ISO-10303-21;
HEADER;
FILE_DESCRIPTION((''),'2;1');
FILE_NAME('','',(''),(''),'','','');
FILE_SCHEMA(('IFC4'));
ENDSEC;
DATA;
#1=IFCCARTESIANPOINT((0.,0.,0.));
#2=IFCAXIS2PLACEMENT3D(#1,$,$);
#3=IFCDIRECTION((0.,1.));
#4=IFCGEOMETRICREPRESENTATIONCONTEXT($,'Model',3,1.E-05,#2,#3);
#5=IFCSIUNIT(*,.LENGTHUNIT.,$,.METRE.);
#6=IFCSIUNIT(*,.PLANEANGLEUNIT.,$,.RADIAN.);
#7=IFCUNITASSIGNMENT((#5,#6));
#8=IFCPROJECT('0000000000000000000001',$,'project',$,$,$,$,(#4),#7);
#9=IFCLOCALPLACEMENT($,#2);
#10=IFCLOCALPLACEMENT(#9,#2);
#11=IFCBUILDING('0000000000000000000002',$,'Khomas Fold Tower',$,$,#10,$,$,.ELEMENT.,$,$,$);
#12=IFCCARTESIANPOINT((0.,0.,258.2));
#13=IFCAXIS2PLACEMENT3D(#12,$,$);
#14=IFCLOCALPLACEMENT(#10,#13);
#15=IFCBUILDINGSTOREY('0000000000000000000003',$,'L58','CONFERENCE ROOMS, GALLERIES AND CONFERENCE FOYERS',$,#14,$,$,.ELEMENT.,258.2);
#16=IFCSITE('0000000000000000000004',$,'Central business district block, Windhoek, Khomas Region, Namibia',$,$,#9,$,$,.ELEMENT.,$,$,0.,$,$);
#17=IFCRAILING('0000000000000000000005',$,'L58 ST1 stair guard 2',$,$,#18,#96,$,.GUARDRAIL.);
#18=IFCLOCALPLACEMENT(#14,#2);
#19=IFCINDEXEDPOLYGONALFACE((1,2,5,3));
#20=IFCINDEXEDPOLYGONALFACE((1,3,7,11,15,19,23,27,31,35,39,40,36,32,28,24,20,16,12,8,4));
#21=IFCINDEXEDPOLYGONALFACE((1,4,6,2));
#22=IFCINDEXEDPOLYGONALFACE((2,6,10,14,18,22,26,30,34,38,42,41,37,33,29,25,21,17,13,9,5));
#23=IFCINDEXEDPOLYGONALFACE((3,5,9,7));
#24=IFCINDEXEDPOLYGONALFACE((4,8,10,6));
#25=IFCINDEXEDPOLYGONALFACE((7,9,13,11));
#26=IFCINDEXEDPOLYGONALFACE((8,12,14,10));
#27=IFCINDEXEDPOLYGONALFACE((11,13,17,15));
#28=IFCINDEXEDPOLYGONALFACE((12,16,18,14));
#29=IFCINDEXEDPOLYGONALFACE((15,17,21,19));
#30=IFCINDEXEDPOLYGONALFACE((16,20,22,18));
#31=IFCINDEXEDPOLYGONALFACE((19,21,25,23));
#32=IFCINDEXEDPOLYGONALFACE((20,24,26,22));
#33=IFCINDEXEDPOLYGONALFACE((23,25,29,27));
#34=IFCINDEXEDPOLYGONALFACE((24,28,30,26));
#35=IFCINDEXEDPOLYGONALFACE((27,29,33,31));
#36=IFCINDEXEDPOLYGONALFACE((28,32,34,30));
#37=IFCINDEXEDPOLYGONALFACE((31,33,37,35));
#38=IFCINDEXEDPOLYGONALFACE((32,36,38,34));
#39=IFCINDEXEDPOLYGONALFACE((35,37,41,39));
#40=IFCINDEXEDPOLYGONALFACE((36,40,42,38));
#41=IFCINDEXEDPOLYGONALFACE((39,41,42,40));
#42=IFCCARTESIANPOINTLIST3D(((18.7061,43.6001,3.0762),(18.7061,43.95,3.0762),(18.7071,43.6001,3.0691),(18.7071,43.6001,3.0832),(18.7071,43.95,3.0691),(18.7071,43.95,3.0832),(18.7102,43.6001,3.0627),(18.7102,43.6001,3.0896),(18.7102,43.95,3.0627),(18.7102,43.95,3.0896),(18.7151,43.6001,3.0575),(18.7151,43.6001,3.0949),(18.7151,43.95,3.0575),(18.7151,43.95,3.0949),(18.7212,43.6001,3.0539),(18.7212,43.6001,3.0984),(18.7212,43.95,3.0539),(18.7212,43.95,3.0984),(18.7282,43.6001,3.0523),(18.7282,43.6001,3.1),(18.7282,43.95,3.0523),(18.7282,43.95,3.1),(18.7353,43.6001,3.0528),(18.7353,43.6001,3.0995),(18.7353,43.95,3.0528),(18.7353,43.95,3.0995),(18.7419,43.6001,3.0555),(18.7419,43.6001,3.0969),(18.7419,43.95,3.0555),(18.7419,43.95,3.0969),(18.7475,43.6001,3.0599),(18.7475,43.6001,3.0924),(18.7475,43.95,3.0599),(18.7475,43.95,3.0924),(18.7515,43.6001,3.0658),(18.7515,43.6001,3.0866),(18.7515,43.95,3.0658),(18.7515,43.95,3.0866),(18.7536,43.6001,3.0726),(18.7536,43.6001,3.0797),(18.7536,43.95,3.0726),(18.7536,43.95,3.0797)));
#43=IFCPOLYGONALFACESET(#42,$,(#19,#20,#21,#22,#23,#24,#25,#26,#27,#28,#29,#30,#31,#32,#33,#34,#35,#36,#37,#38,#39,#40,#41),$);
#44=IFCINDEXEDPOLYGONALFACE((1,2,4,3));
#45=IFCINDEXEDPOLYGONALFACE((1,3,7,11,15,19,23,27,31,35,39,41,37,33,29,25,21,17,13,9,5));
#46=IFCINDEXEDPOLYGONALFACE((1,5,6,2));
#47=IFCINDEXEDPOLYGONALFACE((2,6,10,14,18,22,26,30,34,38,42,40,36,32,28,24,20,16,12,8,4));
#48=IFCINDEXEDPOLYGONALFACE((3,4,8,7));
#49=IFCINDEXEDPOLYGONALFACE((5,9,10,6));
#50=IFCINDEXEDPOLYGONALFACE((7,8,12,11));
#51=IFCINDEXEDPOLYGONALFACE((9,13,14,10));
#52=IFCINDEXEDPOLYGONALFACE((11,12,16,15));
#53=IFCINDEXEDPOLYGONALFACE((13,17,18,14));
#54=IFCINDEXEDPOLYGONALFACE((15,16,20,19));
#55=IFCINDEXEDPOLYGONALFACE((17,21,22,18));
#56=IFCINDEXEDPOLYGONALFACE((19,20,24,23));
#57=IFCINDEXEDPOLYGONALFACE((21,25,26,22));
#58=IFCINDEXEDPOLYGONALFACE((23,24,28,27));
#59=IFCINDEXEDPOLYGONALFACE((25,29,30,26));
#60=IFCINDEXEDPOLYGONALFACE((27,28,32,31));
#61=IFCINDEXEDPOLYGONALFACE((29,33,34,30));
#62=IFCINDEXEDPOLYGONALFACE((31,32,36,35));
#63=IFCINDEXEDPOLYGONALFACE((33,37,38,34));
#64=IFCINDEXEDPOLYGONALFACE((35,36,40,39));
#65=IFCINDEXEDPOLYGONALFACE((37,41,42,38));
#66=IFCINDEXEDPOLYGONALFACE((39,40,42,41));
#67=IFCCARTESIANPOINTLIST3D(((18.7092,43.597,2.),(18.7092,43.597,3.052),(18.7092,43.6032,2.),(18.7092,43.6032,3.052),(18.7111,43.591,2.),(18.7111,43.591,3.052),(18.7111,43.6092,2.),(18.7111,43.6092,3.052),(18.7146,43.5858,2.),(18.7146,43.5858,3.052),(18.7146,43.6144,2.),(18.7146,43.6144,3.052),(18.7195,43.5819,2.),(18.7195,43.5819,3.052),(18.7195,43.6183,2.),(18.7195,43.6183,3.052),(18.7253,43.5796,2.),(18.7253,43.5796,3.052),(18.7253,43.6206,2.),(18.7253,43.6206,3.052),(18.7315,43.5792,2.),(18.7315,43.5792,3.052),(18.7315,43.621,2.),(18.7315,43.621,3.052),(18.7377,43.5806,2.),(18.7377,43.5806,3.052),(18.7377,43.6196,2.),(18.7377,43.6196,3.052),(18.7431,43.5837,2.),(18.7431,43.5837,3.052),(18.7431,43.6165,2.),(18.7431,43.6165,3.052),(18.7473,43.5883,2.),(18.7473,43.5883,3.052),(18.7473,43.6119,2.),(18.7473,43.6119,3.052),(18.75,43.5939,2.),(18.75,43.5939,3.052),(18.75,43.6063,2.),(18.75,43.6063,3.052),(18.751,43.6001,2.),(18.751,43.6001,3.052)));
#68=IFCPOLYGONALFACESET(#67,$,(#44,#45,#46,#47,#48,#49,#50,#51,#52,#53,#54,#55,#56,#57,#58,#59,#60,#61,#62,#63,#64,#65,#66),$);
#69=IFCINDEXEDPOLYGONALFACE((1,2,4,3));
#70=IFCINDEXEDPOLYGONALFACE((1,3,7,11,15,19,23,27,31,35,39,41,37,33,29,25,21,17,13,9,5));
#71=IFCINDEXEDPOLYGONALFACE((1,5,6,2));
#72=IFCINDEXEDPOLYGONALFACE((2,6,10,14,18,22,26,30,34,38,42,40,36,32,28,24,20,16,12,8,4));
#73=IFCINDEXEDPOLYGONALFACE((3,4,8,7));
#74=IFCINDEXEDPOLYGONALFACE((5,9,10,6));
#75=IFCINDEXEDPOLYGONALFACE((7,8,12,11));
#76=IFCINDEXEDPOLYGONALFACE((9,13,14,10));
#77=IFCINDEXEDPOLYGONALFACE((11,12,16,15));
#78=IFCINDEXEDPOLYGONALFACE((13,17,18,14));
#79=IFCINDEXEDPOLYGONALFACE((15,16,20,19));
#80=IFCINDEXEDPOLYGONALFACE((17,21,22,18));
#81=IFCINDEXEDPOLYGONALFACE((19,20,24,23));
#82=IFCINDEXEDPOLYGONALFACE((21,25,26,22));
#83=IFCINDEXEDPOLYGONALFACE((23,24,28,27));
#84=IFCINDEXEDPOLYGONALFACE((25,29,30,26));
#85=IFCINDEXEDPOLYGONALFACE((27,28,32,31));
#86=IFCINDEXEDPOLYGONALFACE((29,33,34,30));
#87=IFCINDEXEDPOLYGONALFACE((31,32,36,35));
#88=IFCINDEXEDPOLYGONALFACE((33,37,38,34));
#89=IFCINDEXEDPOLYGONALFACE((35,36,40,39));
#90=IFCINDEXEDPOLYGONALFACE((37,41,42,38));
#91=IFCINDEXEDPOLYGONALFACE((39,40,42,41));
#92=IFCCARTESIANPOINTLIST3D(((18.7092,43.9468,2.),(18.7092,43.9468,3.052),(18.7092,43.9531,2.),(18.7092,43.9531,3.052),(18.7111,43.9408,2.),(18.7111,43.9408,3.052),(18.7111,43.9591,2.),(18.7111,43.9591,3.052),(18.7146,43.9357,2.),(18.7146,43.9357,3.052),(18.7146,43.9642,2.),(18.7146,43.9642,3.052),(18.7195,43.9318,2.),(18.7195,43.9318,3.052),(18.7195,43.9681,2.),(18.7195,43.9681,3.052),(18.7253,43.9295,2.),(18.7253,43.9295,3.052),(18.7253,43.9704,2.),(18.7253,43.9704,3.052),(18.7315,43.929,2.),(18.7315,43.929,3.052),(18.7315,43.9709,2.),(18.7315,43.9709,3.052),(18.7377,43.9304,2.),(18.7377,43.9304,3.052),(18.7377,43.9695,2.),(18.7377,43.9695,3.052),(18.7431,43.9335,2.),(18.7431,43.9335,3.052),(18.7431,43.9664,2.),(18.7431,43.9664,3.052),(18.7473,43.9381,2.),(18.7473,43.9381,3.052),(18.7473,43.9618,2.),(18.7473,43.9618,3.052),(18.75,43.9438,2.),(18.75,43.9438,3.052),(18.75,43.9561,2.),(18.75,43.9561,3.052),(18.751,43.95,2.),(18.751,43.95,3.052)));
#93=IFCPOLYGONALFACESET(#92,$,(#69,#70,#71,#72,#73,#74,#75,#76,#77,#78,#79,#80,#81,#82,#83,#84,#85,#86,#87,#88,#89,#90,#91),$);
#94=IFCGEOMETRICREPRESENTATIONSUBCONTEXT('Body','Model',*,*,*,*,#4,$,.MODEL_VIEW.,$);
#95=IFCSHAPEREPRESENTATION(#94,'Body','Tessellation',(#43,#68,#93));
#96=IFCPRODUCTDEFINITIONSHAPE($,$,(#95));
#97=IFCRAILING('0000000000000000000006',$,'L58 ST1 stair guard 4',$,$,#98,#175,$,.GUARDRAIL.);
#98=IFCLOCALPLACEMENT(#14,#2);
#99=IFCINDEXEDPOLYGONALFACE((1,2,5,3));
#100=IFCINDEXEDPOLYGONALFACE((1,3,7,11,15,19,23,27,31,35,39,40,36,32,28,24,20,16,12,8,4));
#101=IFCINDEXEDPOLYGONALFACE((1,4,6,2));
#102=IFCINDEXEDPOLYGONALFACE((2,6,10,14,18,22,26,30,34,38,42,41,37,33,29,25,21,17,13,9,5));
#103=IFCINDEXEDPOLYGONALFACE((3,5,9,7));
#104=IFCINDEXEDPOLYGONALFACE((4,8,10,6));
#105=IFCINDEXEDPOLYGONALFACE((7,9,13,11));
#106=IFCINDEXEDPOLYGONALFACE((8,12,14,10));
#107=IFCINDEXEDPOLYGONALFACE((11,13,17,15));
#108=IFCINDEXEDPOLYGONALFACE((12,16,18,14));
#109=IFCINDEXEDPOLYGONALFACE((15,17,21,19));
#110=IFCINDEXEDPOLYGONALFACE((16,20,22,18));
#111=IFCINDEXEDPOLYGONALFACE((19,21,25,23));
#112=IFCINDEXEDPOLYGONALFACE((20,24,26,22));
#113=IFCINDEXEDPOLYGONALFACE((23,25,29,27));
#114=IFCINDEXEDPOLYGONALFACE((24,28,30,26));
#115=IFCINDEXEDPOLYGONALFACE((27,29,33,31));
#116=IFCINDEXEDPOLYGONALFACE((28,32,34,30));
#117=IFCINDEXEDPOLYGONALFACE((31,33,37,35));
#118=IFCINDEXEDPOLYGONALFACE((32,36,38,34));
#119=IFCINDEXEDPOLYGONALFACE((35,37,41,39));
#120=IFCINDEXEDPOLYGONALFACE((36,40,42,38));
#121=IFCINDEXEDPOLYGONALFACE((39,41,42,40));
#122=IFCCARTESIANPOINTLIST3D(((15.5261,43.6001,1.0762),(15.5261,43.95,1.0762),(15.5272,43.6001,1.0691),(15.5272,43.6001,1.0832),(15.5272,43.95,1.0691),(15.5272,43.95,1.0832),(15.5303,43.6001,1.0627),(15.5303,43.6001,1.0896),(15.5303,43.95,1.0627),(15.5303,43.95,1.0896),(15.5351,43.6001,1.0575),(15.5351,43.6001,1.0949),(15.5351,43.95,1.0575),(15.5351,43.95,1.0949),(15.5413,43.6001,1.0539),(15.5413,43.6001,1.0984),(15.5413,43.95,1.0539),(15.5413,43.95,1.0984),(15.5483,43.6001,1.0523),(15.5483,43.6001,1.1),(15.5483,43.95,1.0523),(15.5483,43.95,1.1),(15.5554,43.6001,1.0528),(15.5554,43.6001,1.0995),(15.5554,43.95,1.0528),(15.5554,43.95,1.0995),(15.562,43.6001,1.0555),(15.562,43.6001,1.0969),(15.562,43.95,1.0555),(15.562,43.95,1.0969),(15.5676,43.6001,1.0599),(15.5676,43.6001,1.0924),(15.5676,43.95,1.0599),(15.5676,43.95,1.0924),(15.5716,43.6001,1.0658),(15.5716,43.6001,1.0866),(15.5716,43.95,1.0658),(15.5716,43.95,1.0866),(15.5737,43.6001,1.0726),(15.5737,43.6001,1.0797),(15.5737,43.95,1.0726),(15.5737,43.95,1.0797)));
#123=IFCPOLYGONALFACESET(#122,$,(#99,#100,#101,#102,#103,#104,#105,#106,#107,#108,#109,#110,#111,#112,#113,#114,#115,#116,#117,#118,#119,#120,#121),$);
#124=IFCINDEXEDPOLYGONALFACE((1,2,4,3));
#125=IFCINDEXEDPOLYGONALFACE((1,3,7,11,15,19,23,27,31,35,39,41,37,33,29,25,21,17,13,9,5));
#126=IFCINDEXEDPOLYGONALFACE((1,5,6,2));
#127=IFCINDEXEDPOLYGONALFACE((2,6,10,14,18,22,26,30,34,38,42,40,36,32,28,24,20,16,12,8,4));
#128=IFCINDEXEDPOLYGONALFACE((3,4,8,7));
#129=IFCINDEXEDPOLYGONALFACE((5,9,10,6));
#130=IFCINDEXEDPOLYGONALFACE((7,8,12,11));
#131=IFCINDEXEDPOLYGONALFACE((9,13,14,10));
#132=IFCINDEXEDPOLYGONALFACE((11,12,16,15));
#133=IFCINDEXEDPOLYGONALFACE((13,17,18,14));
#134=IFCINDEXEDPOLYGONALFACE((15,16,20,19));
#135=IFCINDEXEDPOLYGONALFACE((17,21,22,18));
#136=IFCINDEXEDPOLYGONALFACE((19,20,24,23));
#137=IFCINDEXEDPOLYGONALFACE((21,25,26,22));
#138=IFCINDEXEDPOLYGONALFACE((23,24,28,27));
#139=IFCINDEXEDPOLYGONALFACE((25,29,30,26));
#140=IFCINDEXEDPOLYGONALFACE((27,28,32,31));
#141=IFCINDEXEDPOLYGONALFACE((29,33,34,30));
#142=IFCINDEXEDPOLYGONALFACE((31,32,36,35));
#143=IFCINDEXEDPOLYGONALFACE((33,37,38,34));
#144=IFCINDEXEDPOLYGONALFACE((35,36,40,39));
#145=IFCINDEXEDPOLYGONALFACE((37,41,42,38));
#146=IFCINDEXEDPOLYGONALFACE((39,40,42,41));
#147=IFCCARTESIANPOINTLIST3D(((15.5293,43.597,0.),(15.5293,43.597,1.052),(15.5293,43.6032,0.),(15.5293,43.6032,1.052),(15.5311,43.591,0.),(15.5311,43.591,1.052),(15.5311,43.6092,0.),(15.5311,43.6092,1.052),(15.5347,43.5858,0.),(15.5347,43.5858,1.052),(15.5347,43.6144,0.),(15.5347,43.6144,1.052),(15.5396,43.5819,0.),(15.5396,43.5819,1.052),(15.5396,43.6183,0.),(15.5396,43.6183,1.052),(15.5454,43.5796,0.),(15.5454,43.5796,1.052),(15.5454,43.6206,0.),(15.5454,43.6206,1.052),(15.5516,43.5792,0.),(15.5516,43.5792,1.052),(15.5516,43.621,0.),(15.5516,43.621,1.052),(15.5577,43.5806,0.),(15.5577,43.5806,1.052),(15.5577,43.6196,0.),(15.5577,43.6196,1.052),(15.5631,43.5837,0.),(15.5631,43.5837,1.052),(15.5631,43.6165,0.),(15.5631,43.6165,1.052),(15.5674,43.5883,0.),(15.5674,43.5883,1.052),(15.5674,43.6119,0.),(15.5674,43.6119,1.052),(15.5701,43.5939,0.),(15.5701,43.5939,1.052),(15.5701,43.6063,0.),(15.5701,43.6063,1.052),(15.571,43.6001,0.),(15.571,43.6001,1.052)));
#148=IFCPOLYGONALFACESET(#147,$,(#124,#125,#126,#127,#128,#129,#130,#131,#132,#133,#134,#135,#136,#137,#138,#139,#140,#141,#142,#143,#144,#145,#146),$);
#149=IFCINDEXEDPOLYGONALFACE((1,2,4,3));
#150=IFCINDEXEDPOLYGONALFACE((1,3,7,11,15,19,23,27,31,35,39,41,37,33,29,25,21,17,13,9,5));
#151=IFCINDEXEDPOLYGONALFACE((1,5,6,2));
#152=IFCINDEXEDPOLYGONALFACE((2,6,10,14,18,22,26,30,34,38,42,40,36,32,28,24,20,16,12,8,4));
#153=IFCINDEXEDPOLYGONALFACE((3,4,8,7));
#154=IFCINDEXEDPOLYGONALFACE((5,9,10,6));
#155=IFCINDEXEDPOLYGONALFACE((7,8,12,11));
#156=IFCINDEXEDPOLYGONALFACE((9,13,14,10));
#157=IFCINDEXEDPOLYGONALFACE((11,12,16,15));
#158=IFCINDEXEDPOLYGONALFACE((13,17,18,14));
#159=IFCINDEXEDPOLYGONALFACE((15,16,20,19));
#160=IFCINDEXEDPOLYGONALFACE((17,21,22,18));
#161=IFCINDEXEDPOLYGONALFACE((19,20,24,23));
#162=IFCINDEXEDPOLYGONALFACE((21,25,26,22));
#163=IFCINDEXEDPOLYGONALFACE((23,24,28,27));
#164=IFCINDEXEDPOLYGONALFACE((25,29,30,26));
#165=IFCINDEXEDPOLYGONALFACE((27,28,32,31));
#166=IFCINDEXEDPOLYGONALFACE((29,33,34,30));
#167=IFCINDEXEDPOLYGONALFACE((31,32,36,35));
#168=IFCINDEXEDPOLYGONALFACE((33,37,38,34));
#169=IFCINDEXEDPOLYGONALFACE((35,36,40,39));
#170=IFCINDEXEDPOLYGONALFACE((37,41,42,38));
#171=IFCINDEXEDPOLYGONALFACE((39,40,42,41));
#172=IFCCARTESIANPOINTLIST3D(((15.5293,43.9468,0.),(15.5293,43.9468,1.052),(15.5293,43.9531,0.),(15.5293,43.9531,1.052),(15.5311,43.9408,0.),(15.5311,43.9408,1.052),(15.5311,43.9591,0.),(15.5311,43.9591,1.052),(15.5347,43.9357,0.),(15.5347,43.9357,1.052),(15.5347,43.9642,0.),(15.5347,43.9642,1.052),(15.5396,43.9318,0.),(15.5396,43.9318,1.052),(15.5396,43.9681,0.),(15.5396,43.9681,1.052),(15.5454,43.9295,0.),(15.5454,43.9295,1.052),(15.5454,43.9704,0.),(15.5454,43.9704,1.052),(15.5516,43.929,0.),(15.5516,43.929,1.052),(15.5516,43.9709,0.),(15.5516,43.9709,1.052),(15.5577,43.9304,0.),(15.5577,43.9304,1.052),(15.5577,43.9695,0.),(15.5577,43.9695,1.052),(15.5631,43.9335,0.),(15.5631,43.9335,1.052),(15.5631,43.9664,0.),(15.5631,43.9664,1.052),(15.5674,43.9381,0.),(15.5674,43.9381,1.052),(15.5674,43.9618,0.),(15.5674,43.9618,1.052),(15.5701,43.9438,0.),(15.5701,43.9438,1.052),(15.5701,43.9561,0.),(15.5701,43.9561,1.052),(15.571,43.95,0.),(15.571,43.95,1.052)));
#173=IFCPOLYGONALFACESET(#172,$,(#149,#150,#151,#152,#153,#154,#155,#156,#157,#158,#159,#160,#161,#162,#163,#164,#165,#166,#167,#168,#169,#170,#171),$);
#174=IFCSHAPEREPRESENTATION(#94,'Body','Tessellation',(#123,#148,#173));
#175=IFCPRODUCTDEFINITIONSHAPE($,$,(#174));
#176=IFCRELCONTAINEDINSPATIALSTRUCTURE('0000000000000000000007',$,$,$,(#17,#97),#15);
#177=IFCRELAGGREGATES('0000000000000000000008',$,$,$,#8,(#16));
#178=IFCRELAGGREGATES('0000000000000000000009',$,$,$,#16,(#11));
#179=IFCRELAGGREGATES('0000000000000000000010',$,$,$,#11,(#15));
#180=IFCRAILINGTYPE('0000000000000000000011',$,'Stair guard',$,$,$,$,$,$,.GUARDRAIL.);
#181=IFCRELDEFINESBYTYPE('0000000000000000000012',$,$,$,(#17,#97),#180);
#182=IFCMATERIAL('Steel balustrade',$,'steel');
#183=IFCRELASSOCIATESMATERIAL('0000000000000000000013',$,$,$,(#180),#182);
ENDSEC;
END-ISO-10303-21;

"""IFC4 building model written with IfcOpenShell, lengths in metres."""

from ifc_helpers import new_model, si_unit, direction, frame, origin, origin_2d, place, context, subcontext, project, spatial, circle, extrude, source, transform, mapped, material, type_object, element, save


model = new_model("IFC4")

# Units and contexts
model_context = context("Model", 3, precision=1e-05, world=origin(), true_north=direction((0.0, 1.0)))
body_context = subcontext(model_context, "Body", "Model", "MODEL_VIEW")
ifc_project = project(units=[si_unit("LENGTHUNIT", "METRE"), si_unit("PLANEANGLEUNIT", "RADIAN")], contexts=[model_context])

# Site, building, storey
site_placement = place(None, origin())
site = spatial("IfcSite", under=ifc_project, at=site_placement, Name="Central business district block, Windhoek, Khomas Region, Namibia", CompositionType="ELEMENT", RefElevation=0.0)
building_placement = place(site_placement, origin())
building = spatial("IfcBuilding", under=site, at=building_placement, Name="Khomas Fold Tower", CompositionType="ELEMENT")
storey_placement = place(building_placement, frame((0.0, 0.0, 258.2)))
storey = spatial("IfcBuildingStorey", under=building, at=storey_placement, Name="L58", Description="CONFERENCE ROOMS, GALLERIES AND CONFERENCE FOYERS", CompositionType="ELEMENT", Elevation=258.2)

# Railings
ifc_material_1 = material(Name="Steel balustrade", Category="steel")
railing_type_1 = type_object("IfcRailingType", Name="Stair guard", PredefinedType="GUARDRAIL", material=ifc_material_1)
shared_shape_1 = source(origin(), body_context, "Body", "SweptSolid", [
    extrude(circle(Radius=0.0239, at=origin_2d()), frame((0.0, 0.0, 1.0762), z_axis=(0.0, 1.0, 0.0), x_axis=(-1.0, 0.0, 0.0)), (0.0, 0.0, 1.0), 0.3499),
    extrude(circle(Radius=0.021, at=origin_2d()), origin(), (0.0, 0.0, 1.0), 1.052),
    extrude(circle(Radius=0.021, at=origin_2d()), frame((0.0, 0.3499, 0.0)), (0.0, 0.0, 1.0), 1.052),
])
for number, where, name in (
    (1, (18.73, 43.6001, 2.0), "L58 ST1 stair guard 2"),
    (2, (15.55, 43.6001, 0.0), "L58 ST1 stair guard 4"),
):
    element("IfcRailing", number, at=place(storey_placement, frame(where)), inside=storey, type_object=railing_type_1, Name=name, PredefinedType="GUARDRAIL", context=body_context, shape_type="MappedRepresentation", body=[
        mapped(shared_shape_1, transform((0.0, 0.0, 0.0))),
    ])

save(model, "model.ifc")
